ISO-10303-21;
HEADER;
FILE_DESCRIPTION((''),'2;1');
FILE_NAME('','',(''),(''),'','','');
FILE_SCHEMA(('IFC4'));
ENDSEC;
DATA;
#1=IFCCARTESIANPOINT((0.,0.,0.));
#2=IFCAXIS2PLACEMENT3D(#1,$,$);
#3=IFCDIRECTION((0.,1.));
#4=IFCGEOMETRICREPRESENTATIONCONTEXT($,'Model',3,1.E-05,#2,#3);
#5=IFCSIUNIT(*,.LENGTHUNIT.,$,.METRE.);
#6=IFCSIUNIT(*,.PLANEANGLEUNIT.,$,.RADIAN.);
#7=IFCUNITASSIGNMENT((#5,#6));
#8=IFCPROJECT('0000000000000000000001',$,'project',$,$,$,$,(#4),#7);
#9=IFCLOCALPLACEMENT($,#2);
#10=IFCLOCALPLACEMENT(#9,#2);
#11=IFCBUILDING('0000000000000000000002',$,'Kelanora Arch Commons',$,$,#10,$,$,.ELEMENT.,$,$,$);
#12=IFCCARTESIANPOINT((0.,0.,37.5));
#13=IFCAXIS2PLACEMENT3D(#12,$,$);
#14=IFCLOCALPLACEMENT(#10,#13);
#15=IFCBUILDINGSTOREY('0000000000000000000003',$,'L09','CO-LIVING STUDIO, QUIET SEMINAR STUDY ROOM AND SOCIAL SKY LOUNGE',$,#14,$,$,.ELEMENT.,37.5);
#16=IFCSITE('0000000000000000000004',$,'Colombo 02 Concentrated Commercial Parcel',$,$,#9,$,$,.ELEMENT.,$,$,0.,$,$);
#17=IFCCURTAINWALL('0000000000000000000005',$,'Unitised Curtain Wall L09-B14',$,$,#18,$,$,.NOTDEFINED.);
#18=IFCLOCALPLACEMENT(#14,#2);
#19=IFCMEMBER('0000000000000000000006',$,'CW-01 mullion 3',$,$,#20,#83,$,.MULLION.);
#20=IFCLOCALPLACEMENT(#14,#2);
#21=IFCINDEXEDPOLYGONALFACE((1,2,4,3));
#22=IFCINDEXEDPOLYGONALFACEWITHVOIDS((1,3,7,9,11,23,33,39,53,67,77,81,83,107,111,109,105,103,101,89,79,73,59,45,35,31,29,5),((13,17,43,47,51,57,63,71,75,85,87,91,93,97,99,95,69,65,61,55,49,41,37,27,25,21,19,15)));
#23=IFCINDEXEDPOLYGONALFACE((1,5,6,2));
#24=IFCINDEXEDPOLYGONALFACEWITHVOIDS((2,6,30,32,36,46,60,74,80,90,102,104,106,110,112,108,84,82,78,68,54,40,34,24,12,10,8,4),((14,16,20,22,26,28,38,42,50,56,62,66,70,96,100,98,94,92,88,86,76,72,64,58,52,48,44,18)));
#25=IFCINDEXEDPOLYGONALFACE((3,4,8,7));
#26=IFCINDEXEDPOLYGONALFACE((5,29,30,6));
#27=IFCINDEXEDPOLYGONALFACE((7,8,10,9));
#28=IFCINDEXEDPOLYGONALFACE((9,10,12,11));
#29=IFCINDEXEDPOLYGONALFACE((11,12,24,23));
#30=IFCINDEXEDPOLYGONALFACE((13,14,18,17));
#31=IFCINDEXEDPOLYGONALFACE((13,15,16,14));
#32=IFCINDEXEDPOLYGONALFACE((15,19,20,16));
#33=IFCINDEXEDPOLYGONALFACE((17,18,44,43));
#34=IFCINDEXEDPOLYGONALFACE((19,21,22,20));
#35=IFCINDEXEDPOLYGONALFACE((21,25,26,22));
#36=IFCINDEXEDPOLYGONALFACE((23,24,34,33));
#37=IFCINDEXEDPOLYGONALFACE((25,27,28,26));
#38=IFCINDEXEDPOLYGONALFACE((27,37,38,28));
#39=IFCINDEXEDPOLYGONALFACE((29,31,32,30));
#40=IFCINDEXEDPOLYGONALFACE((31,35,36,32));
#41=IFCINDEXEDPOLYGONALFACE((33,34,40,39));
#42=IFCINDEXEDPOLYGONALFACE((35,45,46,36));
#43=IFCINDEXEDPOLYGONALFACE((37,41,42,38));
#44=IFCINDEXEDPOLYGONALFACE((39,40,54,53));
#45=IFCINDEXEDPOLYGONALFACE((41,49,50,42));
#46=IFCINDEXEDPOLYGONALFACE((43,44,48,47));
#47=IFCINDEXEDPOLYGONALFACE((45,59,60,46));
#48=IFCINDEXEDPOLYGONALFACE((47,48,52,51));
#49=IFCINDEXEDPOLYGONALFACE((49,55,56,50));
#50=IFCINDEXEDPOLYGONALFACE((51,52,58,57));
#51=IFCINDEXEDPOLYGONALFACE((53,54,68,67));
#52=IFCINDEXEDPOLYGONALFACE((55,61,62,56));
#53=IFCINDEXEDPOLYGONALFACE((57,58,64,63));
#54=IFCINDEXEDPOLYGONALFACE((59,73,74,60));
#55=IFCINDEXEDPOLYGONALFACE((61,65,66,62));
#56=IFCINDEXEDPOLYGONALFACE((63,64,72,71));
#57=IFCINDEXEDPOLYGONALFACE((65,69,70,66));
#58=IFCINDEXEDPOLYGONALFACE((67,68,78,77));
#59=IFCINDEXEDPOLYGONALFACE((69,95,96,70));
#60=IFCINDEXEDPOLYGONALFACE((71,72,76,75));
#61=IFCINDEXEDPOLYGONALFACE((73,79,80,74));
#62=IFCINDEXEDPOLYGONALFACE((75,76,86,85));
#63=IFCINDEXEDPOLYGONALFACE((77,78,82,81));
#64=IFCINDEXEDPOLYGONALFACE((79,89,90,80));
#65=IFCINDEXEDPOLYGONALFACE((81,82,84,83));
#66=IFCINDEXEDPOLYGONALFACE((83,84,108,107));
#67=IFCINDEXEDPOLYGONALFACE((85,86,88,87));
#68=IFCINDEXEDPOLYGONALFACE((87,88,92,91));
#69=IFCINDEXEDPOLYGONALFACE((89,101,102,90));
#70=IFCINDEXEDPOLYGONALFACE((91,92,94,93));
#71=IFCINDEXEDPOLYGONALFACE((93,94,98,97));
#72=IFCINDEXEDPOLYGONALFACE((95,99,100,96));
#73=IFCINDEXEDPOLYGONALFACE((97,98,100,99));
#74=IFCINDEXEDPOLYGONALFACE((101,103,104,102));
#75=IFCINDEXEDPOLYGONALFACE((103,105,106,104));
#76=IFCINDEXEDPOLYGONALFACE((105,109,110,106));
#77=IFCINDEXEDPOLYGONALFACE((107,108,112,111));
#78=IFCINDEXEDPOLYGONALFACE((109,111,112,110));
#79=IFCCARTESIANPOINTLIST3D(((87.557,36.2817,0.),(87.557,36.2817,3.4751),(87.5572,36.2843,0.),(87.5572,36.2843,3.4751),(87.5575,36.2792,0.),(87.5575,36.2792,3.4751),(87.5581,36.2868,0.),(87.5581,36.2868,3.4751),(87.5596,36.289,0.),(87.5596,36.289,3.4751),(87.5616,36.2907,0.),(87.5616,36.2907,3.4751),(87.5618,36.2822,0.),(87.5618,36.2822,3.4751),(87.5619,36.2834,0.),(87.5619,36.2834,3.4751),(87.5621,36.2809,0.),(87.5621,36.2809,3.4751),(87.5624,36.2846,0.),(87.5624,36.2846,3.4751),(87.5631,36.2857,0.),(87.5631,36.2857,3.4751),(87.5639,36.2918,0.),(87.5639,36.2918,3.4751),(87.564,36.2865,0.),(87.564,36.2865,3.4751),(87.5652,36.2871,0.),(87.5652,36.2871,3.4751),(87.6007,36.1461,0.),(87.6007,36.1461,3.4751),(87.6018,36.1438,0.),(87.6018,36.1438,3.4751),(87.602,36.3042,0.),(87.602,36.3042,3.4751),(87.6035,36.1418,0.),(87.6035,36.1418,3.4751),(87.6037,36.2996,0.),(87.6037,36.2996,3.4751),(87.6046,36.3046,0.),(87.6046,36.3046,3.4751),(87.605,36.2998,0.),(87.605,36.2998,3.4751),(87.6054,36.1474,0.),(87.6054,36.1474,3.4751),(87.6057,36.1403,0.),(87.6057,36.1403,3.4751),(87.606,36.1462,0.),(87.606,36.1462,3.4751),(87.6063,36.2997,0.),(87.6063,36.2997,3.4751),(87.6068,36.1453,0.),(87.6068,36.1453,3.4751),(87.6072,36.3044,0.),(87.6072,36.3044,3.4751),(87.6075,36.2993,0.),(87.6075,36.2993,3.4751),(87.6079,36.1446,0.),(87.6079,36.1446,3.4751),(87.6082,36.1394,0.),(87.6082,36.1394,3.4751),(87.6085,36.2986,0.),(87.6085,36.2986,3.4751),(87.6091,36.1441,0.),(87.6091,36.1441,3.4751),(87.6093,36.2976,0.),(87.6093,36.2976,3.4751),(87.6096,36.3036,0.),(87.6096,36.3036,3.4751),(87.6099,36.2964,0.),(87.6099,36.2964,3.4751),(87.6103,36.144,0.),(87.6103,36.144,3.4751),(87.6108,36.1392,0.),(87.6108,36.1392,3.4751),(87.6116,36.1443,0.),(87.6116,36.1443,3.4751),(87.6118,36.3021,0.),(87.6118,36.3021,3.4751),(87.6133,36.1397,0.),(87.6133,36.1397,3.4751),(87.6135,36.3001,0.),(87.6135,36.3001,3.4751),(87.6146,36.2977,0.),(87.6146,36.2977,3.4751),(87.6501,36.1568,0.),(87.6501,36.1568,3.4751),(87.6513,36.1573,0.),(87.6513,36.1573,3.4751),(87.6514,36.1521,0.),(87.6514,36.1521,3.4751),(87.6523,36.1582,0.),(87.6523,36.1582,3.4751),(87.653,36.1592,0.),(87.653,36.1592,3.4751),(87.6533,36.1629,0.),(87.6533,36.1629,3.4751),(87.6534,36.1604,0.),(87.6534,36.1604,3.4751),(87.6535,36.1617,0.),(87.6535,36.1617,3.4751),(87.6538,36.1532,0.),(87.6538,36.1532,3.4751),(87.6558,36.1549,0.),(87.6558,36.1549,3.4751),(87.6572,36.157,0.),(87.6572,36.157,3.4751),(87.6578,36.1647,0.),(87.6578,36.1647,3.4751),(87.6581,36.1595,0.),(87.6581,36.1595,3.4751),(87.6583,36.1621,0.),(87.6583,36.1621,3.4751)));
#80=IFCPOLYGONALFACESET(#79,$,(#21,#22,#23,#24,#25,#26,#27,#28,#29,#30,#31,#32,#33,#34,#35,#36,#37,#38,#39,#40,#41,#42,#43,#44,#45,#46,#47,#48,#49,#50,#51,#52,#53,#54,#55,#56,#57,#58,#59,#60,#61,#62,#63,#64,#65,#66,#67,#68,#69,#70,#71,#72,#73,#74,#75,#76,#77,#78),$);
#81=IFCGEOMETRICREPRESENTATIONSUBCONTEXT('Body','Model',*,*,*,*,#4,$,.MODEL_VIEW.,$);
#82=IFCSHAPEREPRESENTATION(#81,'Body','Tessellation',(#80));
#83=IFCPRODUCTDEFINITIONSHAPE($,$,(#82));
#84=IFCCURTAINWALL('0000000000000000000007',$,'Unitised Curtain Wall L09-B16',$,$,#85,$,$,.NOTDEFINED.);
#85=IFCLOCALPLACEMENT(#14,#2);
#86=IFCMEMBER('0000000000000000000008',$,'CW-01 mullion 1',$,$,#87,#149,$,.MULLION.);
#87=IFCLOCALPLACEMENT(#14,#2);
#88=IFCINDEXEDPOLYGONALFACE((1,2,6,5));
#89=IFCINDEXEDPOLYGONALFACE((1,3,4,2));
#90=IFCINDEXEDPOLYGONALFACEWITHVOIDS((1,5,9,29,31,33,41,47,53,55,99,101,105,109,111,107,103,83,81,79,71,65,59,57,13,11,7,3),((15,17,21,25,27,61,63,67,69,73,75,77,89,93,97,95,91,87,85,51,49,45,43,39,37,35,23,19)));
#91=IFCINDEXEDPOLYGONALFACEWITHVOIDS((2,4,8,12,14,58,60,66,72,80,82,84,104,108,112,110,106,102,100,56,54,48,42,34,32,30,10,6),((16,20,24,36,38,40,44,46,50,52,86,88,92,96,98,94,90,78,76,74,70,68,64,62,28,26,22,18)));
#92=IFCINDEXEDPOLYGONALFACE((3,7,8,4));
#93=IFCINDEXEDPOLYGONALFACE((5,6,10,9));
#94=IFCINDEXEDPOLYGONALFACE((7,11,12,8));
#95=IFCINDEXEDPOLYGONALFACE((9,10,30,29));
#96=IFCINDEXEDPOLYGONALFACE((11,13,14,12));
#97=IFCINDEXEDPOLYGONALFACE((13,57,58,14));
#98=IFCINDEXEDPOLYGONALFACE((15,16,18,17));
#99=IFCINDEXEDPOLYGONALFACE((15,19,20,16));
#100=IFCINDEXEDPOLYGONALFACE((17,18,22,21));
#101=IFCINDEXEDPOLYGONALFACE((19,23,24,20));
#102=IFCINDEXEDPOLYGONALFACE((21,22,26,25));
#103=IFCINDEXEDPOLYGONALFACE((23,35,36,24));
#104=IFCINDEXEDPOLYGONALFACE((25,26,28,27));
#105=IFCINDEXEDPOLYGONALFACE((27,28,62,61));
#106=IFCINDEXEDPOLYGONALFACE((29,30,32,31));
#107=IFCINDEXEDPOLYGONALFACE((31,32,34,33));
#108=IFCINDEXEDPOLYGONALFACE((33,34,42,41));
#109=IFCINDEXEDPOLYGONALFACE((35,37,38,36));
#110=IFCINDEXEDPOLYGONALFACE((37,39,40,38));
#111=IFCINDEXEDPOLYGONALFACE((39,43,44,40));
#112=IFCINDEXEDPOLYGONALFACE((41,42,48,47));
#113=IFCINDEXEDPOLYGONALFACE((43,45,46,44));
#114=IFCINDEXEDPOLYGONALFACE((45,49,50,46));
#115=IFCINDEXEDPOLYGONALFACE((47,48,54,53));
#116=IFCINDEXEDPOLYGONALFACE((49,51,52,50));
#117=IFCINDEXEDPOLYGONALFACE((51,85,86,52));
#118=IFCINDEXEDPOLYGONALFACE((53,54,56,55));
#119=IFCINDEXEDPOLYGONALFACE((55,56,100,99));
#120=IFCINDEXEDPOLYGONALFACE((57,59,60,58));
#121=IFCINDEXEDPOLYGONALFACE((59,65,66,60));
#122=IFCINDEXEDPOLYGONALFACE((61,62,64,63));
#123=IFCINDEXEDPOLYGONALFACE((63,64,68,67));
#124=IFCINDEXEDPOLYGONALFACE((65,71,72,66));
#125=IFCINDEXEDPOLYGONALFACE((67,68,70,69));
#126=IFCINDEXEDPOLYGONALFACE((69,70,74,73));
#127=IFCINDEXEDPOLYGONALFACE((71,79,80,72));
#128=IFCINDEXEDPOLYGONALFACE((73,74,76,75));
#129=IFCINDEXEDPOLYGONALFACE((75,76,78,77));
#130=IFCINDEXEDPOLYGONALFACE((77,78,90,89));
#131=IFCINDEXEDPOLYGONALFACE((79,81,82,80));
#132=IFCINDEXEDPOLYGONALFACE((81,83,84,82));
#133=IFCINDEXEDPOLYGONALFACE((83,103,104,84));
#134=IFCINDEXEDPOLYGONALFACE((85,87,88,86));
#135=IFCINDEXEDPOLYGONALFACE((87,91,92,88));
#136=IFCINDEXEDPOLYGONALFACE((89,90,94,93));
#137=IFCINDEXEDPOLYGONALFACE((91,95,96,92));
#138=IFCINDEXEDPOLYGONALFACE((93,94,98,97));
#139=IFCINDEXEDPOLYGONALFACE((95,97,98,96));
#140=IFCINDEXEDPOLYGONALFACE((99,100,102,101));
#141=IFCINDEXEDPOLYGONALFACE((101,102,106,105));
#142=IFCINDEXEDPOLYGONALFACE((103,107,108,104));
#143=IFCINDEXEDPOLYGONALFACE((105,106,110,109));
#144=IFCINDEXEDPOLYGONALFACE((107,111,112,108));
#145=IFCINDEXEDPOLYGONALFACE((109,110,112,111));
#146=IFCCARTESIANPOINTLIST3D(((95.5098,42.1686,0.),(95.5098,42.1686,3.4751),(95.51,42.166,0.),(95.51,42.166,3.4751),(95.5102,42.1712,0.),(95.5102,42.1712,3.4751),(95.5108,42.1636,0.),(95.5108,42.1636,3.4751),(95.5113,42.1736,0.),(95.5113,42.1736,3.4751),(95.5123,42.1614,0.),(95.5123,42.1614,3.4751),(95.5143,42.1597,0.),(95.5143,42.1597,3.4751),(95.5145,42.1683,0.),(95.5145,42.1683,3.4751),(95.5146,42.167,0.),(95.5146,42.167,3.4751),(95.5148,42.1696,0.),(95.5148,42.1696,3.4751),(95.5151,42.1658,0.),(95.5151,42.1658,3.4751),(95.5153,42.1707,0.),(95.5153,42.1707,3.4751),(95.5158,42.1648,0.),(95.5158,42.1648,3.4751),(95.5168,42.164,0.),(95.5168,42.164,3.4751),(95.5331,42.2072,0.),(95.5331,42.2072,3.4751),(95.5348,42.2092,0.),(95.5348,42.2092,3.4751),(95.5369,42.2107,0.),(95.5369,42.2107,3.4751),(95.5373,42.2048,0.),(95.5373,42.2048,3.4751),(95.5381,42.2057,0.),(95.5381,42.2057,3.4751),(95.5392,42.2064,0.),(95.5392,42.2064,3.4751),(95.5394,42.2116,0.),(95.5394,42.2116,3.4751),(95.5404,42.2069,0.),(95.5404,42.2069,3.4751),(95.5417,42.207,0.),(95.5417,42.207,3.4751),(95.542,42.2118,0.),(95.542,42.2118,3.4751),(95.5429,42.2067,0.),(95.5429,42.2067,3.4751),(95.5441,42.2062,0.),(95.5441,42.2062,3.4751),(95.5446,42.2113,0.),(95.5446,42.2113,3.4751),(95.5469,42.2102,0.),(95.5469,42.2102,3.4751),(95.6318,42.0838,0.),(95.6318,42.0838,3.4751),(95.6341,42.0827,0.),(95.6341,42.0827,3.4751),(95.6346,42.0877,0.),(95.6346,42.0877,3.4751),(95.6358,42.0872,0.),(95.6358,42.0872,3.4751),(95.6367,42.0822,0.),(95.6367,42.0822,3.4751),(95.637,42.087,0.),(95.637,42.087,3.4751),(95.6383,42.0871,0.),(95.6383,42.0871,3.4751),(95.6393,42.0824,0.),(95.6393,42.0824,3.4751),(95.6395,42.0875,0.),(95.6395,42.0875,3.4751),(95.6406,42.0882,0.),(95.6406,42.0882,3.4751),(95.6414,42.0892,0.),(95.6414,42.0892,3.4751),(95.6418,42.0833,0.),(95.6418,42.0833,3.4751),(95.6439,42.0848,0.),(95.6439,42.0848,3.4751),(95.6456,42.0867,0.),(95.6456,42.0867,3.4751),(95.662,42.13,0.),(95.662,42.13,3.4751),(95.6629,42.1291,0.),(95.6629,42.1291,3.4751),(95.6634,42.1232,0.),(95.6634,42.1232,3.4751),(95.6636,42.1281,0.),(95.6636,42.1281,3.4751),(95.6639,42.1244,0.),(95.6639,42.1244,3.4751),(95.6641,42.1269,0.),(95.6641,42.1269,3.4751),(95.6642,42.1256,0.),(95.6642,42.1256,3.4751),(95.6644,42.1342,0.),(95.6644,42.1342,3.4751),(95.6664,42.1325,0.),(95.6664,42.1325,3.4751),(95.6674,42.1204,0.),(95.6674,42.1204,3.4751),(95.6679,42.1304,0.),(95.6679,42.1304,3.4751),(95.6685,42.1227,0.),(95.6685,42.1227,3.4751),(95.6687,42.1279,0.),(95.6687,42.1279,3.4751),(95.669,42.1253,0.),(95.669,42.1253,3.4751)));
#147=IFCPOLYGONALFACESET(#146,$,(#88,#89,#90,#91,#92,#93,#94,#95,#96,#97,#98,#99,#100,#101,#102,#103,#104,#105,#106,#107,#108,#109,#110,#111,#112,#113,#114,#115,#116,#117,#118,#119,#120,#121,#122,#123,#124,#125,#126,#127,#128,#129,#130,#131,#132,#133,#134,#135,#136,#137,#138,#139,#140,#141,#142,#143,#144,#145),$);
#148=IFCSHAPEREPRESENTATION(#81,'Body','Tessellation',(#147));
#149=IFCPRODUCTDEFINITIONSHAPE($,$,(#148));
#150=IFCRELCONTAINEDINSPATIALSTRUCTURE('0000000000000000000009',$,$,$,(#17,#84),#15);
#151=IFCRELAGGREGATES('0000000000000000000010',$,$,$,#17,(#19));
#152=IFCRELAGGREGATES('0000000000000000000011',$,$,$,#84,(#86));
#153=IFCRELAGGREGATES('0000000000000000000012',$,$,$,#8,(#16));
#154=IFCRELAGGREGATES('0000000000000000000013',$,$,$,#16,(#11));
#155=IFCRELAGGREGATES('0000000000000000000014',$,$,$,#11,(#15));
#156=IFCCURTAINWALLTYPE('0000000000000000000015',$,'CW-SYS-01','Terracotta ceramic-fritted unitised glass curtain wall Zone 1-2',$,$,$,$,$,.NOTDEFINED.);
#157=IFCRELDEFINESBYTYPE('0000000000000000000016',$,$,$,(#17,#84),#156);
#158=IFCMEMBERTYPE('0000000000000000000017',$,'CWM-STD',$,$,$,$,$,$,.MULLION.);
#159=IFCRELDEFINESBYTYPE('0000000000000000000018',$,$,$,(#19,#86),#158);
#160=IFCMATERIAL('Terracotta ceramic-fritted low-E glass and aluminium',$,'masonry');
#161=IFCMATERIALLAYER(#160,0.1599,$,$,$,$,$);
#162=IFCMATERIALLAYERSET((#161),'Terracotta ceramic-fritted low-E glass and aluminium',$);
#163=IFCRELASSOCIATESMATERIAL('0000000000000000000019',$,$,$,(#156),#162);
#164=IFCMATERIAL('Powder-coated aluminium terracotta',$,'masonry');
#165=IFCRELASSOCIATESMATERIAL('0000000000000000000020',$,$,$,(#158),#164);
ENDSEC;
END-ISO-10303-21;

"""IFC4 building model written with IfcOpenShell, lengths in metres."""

from ifc_helpers import new_model, si_unit, direction, frame, origin, origin_2d, place, context, subcontext, project, spatial, hollow_rectangle, extrude, material, layer, layer_set, material_profile, profile_set, type_object, element, aggregate, save


model = new_model("IFC4")

# Units and contexts
model_context = context("Model", 3, precision=1e-05, world=origin(), true_north=direction((0.0, 1.0)))
body_context = subcontext(model_context, "Body", "Model", "MODEL_VIEW")
ifc_project = project(units=[si_unit("LENGTHUNIT", "METRE"), si_unit("PLANEANGLEUNIT", "RADIAN")], contexts=[model_context])

# Site, building, storey
site_placement = place(None, origin())
site = spatial("IfcSite", under=ifc_project, at=site_placement, Name="Colombo 02 Concentrated Commercial Parcel", CompositionType="ELEMENT", RefElevation=0.0)
building_placement = place(site_placement, origin())
building = spatial("IfcBuilding", under=site, at=building_placement, Name="Kelanora Arch Commons", CompositionType="ELEMENT")
storey_placement = place(building_placement, frame((0.0, 0.0, 37.5)))
storey = spatial("IfcBuildingStorey", under=building, at=storey_placement, Name="L09", Description="CO-LIVING STUDIO, QUIET SEMINAR STUDY ROOM AND SOCIAL SKY LOUNGE", CompositionType="ELEMENT", Elevation=37.5)

# Curtain wall, member
ifc_material_1 = material(Name="Terracotta ceramic-fritted low-E glass and aluminium", Category="masonry")
ifc_layer_1 = layer(ifc_material_1, 0.1599)
ifc_layer_set_1 = layer_set([ifc_layer_1], Name="Terracotta ceramic-fritted low-E glass and aluminium")
curtain_wall_type = type_object("IfcCurtainWallType", Name="CW-SYS-01", Description="Terracotta ceramic-fritted unitised glass curtain wall Zone 1-2", PredefinedType="NOTDEFINED", material=ifc_layer_set_1)
curtain_wall_1_placement = place(storey_placement, origin())
curtain_wall_1 = element("IfcCurtainWall", 1, at=curtain_wall_1_placement, inside=storey, type_object=curtain_wall_type, Name="Unitised Curtain Wall L09-B14", PredefinedType="NOTDEFINED")
ifc_material_2 = material(Name="Powder-coated aluminium terracotta", Category="masonry")
ifc_material_profile_1 = material_profile(ifc_material_2, hollow_rectangle(XDim=0.1599, YDim=0.0601, WallThickness=0.0049, InnerFilletRadius=0.0049, OuterFilletRadius=0.01, at=origin_2d()), Name="CWM160x60")
ifc_profile_set_1 = profile_set([ifc_material_profile_1], Name="Powder-coated aluminium terracotta")
member_type_1 = type_object("IfcMemberType", Name="CWM-STD", PredefinedType="MULLION", material=ifc_profile_set_1)
member_1_placement = place(storey_placement, frame((87.6077, 36.2219, 0.0), z_axis=(0.0, 0.0, 1.0), x_axis=(-0.309058, 0.951043, 0.0)))
member_1 = element("IfcMember", 2, at=member_1_placement, type_object=member_type_1, Name="CW-01 mullion 3", PredefinedType="MULLION", context=body_context, shape_type="SweptSolid", body=[
    extrude(hollow_rectangle(XDim=0.1599, YDim=0.0601, WallThickness=0.0049, InnerFilletRadius=0.0049, OuterFilletRadius=0.01, at=origin_2d()), origin(), (0.0, 0.0, 1.0), 3.4751),
])

# Curtain wall, member
curtain_wall_2_placement = place(storey_placement, origin())
curtain_wall_2 = element("IfcCurtainWall", 3, at=curtain_wall_2_placement, inside=storey, type_object=curtain_wall_type, Name="Unitised Curtain Wall L09-B16", PredefinedType="NOTDEFINED")
member_2_placement = place(storey_placement, frame((95.5894, 42.147, 0.0), z_axis=(0.0, 0.0, 1.0), x_axis=(-0.83973, 0.543004, 0.0)))
member_2 = element("IfcMember", 4, at=member_2_placement, type_object=member_type_1, Name="CW-01 mullion 1", PredefinedType="MULLION", context=body_context, shape_type="SweptSolid", body=[
    extrude(hollow_rectangle(XDim=0.1599, YDim=0.0601, WallThickness=0.0049, InnerFilletRadius=0.0049, OuterFilletRadius=0.01, at=origin_2d()), origin(), (0.0, 0.0, 1.0), 3.4751),
])

aggregate(curtain_wall_1, [member_1])
aggregate(curtain_wall_2, [member_2])

save(model, "model.ifc")
